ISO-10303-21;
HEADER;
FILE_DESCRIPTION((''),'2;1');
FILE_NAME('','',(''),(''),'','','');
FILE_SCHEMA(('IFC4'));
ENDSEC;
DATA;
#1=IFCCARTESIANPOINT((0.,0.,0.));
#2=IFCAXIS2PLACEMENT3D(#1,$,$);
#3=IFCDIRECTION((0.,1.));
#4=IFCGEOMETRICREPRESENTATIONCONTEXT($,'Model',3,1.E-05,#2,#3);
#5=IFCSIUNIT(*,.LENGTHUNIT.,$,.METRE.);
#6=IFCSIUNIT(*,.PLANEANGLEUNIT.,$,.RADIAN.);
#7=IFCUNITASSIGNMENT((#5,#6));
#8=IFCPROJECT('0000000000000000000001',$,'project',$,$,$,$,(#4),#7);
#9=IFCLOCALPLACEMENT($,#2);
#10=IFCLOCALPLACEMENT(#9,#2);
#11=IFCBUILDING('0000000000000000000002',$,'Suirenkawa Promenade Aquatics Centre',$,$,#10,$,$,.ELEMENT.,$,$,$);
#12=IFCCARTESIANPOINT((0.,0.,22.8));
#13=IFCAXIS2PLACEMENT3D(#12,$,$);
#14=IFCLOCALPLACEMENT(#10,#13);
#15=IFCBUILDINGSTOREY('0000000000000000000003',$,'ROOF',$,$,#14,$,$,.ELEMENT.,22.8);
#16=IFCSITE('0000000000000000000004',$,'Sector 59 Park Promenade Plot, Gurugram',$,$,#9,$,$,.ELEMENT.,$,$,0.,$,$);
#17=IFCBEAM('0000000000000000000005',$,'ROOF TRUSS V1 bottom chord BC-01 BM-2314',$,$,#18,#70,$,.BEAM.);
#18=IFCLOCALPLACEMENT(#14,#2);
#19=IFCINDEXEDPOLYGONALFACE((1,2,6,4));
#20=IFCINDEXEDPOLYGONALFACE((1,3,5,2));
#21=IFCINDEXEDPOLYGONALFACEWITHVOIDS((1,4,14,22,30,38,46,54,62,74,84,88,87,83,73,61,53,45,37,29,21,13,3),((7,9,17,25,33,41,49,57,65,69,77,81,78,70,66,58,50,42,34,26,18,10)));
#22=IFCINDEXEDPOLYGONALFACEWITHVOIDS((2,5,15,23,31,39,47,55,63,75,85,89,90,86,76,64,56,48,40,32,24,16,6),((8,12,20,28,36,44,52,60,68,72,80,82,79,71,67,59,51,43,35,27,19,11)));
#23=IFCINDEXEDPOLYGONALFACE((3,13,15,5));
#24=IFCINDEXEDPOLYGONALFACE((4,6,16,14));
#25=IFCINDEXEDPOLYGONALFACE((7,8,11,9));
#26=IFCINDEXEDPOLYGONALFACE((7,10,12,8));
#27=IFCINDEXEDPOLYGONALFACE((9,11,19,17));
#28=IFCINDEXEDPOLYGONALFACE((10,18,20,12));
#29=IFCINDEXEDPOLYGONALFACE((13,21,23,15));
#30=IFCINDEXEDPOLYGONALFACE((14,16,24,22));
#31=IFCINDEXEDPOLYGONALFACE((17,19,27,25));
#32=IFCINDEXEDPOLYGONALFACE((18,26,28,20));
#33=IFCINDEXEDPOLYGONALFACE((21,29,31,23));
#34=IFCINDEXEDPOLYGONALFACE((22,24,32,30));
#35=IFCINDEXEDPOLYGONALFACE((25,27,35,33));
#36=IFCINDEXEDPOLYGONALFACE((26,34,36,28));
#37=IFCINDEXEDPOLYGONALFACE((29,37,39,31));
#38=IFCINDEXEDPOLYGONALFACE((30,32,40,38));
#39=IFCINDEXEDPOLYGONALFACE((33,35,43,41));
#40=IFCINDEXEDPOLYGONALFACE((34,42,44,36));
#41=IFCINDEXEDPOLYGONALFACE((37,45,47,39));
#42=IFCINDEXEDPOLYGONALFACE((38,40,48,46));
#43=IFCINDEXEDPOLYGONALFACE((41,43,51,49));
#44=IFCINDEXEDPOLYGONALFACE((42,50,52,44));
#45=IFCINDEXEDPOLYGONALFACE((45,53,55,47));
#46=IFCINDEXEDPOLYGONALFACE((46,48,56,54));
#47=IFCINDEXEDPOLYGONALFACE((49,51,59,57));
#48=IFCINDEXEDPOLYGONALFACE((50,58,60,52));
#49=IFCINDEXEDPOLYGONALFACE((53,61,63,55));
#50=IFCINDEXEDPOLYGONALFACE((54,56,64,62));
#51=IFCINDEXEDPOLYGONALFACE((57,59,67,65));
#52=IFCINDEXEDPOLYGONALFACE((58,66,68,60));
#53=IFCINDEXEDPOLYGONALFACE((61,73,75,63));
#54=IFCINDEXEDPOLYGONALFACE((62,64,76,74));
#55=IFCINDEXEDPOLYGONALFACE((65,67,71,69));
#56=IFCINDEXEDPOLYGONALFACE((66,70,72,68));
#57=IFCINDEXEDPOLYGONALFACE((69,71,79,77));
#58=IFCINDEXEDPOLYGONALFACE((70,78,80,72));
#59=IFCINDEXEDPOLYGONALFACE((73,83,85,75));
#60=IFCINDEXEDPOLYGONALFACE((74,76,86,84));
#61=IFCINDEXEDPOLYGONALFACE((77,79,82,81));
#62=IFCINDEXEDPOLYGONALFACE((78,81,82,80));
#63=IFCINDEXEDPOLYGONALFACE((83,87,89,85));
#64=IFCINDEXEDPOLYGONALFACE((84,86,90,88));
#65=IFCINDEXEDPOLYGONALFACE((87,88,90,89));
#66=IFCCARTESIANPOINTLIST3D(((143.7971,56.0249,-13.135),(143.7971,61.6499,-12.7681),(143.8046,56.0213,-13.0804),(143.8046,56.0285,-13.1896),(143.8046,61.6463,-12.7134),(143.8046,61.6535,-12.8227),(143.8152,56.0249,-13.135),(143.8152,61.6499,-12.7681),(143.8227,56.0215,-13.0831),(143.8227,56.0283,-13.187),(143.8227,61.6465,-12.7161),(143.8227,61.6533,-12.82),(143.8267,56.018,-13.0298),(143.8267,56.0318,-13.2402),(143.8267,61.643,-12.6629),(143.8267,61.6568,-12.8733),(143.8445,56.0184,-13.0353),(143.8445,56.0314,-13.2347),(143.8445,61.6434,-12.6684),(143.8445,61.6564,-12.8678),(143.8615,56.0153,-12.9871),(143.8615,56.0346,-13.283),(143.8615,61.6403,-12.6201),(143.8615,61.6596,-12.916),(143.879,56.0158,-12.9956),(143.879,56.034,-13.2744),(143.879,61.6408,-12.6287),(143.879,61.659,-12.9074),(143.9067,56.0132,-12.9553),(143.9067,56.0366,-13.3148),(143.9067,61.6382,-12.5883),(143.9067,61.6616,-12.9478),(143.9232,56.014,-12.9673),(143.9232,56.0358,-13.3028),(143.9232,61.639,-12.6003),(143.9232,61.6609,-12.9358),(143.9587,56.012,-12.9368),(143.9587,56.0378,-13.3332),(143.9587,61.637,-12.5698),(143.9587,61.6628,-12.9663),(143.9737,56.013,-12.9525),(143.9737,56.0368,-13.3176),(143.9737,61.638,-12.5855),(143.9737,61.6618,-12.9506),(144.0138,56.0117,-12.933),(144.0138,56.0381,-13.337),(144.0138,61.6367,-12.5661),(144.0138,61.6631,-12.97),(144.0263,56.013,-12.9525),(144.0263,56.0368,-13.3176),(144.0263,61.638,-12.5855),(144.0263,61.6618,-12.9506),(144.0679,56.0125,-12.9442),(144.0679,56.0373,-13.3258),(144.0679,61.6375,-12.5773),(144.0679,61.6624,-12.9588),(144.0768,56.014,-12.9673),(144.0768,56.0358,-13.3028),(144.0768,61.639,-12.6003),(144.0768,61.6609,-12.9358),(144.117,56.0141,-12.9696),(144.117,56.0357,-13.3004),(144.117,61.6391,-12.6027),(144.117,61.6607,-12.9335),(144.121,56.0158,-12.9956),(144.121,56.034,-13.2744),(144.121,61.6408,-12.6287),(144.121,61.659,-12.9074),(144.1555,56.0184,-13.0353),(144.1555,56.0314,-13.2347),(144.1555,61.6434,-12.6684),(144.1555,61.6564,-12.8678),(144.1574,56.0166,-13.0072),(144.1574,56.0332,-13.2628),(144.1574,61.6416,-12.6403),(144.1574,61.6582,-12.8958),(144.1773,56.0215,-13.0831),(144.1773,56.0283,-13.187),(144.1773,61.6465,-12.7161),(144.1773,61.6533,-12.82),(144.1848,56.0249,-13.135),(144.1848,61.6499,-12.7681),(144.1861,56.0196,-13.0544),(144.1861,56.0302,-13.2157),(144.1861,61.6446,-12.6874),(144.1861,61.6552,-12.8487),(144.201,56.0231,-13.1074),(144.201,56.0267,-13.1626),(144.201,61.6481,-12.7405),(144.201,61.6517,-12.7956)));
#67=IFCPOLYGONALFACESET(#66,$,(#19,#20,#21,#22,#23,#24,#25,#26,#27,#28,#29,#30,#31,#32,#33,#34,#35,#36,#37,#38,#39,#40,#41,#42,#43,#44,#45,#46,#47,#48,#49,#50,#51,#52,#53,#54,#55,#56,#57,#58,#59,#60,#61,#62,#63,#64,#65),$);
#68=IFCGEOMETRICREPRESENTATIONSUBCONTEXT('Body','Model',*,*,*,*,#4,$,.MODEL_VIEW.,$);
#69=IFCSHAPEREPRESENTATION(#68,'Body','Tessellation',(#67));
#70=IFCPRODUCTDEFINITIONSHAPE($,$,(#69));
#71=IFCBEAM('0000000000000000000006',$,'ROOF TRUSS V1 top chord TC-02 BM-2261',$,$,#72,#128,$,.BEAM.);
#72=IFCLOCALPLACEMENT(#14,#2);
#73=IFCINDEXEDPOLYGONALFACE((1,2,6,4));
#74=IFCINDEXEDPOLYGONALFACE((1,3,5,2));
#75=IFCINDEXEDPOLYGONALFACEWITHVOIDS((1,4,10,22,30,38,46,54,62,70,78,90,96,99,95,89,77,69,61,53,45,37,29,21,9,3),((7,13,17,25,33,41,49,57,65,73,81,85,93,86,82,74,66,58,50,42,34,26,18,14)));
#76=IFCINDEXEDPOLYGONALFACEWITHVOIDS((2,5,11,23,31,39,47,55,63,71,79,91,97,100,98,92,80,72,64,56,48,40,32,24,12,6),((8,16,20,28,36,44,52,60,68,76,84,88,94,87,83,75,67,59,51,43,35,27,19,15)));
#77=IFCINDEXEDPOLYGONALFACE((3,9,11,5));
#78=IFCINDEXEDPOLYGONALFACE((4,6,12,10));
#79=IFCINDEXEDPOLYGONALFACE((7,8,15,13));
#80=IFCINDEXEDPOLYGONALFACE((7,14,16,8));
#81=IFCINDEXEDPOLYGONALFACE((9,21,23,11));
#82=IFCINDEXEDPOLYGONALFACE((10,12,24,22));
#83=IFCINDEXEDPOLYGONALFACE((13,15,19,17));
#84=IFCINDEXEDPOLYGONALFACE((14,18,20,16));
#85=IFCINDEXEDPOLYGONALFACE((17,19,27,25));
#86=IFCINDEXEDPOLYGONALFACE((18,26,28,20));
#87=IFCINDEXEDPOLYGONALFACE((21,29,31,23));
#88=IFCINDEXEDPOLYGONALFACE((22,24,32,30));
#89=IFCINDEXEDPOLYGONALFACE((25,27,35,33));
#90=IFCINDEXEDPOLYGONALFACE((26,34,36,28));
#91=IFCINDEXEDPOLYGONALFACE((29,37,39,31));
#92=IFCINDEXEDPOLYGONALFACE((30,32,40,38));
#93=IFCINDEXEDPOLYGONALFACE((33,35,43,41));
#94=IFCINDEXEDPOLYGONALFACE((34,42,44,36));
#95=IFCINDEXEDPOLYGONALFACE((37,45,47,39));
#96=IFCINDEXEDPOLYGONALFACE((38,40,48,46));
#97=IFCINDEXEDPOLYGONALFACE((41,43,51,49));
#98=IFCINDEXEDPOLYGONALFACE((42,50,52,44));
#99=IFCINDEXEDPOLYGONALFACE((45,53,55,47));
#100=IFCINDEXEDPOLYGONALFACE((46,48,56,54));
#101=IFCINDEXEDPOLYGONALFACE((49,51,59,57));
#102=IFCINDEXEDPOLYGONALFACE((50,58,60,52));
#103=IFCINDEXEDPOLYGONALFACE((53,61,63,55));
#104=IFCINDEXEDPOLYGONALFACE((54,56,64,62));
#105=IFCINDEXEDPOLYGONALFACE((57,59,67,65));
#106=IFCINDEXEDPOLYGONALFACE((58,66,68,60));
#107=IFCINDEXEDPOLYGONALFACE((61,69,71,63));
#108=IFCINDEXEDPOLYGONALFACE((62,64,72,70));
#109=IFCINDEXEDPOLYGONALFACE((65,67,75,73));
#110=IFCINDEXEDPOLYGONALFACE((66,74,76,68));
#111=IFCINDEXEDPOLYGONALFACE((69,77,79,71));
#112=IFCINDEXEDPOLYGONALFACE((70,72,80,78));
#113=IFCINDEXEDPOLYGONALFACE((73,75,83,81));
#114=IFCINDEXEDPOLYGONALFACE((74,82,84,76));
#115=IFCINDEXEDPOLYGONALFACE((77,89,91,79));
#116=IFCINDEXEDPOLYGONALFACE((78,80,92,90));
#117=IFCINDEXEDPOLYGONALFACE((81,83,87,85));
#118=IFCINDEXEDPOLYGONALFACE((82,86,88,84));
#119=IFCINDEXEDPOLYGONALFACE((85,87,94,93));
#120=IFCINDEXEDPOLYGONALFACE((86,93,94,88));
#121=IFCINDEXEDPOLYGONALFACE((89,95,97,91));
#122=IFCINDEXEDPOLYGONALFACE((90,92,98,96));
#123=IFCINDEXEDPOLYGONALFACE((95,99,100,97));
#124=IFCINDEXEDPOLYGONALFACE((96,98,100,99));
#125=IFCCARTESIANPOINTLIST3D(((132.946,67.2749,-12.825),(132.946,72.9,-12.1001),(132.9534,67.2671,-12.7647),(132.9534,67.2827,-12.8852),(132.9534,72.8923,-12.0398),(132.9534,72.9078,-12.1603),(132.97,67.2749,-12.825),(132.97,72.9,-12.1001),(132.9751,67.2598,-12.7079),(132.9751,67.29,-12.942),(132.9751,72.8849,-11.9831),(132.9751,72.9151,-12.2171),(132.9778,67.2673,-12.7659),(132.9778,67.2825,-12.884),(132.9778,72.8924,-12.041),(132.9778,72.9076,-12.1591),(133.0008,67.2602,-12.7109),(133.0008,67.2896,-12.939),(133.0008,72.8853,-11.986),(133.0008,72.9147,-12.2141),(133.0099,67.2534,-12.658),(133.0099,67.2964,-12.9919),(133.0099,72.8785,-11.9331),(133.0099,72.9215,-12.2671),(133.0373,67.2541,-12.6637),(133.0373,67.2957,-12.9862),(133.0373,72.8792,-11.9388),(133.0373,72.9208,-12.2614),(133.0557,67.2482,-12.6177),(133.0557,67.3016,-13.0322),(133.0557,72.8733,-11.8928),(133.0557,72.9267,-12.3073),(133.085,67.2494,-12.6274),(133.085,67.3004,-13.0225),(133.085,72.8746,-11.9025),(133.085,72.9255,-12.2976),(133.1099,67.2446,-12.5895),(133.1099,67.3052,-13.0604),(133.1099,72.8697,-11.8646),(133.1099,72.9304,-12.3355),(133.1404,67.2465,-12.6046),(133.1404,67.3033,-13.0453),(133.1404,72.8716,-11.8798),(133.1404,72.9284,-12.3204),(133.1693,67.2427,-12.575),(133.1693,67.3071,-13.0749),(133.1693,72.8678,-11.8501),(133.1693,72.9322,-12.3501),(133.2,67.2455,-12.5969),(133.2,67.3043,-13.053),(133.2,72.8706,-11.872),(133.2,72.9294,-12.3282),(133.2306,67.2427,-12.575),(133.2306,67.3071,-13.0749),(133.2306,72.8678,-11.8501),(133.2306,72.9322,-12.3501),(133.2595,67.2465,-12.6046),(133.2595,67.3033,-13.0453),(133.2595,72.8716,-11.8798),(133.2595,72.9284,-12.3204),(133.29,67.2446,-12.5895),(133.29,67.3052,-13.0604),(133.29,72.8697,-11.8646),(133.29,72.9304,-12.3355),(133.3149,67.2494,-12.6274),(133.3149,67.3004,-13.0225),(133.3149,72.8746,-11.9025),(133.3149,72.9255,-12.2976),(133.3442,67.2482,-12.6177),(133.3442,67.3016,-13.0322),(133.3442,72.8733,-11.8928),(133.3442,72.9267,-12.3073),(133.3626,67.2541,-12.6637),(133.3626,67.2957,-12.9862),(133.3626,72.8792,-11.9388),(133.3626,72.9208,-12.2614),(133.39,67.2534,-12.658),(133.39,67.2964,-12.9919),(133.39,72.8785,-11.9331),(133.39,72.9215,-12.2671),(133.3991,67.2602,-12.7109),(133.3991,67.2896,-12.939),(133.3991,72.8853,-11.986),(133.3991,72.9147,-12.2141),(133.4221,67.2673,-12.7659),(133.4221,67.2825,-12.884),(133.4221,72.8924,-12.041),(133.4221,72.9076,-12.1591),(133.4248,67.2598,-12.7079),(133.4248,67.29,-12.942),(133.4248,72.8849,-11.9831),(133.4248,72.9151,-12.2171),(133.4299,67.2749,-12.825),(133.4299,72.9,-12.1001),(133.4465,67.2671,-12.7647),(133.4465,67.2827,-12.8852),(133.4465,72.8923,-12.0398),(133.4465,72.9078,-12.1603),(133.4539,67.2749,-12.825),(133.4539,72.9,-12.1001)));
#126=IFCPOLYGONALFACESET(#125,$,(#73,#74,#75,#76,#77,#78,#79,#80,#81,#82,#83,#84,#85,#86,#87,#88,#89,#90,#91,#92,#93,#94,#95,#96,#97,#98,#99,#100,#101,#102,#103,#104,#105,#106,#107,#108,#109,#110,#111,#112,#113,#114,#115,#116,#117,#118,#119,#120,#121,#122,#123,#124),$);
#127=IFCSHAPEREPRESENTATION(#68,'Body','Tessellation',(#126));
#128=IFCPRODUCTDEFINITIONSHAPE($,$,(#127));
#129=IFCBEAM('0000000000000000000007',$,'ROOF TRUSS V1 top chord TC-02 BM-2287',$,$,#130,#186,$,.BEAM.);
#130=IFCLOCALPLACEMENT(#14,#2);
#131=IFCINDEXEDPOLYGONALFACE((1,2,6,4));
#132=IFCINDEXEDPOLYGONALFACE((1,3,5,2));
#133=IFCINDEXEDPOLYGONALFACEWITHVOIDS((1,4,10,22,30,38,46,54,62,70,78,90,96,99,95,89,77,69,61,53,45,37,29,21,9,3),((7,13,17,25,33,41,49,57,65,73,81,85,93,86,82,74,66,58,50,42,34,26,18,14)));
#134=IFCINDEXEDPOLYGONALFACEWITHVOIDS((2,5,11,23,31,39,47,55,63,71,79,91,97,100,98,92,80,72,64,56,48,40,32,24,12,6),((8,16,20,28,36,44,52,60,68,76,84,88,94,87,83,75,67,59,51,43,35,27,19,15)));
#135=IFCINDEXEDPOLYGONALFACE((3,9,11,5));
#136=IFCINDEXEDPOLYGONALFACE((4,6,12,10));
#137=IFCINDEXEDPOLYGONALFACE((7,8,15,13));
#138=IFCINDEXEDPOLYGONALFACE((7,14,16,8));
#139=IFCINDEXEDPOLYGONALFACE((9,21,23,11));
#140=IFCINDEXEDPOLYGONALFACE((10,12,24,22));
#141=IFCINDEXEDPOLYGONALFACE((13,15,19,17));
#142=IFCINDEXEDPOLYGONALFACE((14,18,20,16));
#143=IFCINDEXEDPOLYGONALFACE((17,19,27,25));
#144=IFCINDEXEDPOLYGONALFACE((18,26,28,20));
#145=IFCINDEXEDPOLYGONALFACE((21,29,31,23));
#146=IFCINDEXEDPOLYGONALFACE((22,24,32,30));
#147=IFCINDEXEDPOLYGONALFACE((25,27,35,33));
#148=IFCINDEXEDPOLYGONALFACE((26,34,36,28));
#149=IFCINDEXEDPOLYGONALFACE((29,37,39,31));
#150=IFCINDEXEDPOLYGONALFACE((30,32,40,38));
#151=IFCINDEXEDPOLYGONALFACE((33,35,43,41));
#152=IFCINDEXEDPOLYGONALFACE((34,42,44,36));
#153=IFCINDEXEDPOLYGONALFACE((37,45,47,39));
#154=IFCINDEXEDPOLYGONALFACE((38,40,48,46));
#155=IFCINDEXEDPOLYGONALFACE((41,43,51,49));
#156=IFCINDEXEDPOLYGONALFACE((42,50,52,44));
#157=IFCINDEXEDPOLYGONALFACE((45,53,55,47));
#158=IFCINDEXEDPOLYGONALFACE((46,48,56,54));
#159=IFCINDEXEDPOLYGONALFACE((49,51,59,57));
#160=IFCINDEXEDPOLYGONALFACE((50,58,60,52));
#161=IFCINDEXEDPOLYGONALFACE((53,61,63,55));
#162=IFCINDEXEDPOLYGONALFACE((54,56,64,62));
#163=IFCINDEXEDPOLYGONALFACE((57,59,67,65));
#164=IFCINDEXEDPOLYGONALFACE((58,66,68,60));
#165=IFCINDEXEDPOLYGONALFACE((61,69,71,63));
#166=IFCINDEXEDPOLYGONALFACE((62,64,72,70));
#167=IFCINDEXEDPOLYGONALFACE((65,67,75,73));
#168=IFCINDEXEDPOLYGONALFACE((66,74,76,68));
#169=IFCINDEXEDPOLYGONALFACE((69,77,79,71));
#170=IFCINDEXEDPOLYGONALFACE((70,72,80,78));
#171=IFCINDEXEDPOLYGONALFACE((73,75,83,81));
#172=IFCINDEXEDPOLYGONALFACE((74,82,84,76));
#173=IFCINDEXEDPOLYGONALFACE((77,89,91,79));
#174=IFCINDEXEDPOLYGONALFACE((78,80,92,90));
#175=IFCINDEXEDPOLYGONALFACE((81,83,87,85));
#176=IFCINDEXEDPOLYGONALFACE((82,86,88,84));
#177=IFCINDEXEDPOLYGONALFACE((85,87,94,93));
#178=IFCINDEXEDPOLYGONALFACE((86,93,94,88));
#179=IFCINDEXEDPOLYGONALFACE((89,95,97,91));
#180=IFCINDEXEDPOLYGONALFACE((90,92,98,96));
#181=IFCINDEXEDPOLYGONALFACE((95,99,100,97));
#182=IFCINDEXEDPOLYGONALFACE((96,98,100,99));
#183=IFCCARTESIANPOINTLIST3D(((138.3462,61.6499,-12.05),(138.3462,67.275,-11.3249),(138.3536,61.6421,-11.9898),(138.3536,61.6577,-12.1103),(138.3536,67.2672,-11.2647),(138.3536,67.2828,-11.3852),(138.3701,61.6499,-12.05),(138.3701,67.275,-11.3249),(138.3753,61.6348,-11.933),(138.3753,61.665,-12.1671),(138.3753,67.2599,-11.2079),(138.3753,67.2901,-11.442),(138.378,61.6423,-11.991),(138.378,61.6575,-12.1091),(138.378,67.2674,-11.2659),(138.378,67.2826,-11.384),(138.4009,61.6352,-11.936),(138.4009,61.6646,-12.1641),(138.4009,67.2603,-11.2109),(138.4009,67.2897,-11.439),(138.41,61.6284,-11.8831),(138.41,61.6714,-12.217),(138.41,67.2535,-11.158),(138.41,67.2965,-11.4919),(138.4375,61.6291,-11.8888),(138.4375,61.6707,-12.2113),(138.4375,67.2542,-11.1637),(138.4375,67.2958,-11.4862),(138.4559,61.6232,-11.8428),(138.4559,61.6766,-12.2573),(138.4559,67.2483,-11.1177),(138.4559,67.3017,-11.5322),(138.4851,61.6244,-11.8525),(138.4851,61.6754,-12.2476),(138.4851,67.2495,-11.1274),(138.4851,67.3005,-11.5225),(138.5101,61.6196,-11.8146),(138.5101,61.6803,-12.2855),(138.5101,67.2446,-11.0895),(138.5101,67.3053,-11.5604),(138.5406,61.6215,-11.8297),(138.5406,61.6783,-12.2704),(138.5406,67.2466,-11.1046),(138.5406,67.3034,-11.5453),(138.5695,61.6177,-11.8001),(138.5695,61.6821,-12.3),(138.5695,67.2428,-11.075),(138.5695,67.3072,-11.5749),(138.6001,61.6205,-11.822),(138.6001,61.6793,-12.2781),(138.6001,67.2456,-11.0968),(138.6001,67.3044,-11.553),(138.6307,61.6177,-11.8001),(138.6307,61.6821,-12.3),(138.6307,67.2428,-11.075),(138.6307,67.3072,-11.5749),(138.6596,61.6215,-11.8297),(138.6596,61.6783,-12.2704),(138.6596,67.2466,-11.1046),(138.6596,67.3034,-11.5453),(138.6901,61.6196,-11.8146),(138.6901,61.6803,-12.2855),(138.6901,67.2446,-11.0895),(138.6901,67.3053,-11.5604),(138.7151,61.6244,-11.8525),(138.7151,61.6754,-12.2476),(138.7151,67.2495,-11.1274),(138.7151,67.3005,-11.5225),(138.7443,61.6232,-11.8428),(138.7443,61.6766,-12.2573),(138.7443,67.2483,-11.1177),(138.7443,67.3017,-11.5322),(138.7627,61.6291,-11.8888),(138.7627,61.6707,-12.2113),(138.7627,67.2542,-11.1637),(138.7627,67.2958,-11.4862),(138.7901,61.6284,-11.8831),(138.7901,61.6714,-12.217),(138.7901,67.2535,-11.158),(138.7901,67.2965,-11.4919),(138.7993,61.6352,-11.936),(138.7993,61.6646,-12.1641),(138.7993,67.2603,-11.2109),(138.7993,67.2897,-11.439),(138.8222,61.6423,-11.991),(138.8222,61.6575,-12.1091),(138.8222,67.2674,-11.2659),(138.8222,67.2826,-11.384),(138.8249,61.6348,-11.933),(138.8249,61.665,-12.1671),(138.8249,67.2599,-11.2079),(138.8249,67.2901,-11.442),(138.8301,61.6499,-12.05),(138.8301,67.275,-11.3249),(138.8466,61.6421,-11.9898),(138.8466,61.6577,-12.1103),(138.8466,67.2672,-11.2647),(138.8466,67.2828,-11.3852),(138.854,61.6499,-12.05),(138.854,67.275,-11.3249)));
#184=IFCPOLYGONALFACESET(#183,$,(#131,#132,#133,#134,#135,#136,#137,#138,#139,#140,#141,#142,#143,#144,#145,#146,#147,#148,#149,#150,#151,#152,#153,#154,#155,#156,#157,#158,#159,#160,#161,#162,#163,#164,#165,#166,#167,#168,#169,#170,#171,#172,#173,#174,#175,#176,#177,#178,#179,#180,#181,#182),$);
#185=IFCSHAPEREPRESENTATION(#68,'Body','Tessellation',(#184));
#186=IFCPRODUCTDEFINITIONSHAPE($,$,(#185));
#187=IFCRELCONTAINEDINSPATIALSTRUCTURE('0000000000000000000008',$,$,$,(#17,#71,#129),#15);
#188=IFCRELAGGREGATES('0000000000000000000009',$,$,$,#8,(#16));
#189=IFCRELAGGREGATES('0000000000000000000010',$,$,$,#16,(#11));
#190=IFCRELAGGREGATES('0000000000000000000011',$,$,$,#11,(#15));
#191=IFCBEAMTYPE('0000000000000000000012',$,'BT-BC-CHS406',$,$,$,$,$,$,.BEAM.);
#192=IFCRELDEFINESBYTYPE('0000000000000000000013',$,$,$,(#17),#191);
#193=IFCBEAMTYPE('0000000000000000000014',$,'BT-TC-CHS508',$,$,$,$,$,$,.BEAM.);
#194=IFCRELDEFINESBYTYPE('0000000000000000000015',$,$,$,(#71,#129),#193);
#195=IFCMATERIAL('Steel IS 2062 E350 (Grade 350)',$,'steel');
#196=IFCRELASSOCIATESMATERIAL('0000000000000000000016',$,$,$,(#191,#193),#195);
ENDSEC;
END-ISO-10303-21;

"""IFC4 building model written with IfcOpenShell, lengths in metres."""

from ifc_helpers import new_model, si_unit, direction, frame, origin, origin_2d, place, context, subcontext, project, spatial, hollow_circle, extrude, material, material_profile, profile_set, type_object, element, save


model = new_model("IFC4")

# Units and contexts
model_context = context("Model", 3, precision=1e-05, world=origin(), true_north=direction((0.0, 1.0)))
body_context = subcontext(model_context, "Body", "Model", "MODEL_VIEW")
ifc_project = project(units=[si_unit("LENGTHUNIT", "METRE"), si_unit("PLANEANGLEUNIT", "RADIAN")], contexts=[model_context])

# Site, building, storey
site_placement = place(None, origin())
site = spatial("IfcSite", under=ifc_project, at=site_placement, Name="Sector 59 Park Promenade Plot, Gurugram", CompositionType="ELEMENT", RefElevation=0.0)
building_placement = place(site_placement, origin())
building = spatial("IfcBuilding", under=site, at=building_placement, Name="Suirenkawa Promenade Aquatics Centre", CompositionType="ELEMENT")
storey_placement = place(building_placement, frame((0.0, 0.0, 22.8)))
storey = spatial("IfcBuildingStorey", under=building, at=storey_placement, Name="ROOF", CompositionType="ELEMENT", Elevation=22.8)

# Beams
ifc_material = material(Name="Steel IS 2062 E350 (Grade 350)", Category="steel")
ifc_material_profile_1 = material_profile(ifc_material, hollow_circle(Radius=0.2029, WallThickness=0.0181, at=origin_2d()), Name="CHS 406x18", Category="steel")
ifc_profile_set_1 = profile_set([ifc_material_profile_1], Name="Steel IS 2062 E350 (Grade 350)")
beam_type_1 = type_object("IfcBeamType", Name="BT-BC-CHS406", PredefinedType="BEAM", material=ifc_profile_set_1)
beam_1_placement = place(storey_placement, frame((144.0, 56.0249, -13.135), z_axis=(0.0, 0.997879, 0.065096), x_axis=(-1.0, 0.0, 0.0)))
element("IfcBeam", 1, at=beam_1_placement, inside=storey, type_object=beam_type_1, Name="ROOF TRUSS V1 bottom chord BC-01 BM-2314", PredefinedType="BEAM", context=body_context, shape_type="SweptSolid", body=[
    extrude(hollow_circle(Radius=0.2029, WallThickness=0.0181, at=origin_2d()), origin(), (0.0, 0.0, 1.0), 5.637),
])
ifc_material_profile_2 = material_profile(ifc_material, hollow_circle(Radius=0.2539, WallThickness=0.0239, at=origin_2d()), Name="CHS 508x24", Category="steel")
ifc_profile_set_2 = profile_set([ifc_material_profile_2], Name="Steel IS 2062 E350 (Grade 350)")
beam_type_2 = type_object("IfcBeamType", Name="BT-TC-CHS508", PredefinedType="BEAM", material=ifc_profile_set_2)
for number, where, z_axis, x_axis, name in (
    (2, (133.2, 67.2749, -12.825), (0.0, 0.991799, 0.127806), (-1.0, 0.0, 0.0), "ROOF TRUSS V1 top chord TC-02 BM-2261"),
    (3, (138.6001, 61.6499, -12.05), (0.0, 0.991794, 0.127848), (-1.0, 0.0, 0.0), "ROOF TRUSS V1 top chord TC-02 BM-2287"),
):
    element("IfcBeam", number, at=place(storey_placement, frame(where, z_axis=z_axis, x_axis=x_axis)), inside=storey, type_object=beam_type_2, Name=name, PredefinedType="BEAM", context=body_context, shape_type="SweptSolid", body=[
        extrude(hollow_circle(Radius=0.2539, WallThickness=0.0239, at=origin_2d()), origin(), (0.0, 0.0, 1.0), 5.6716),
    ])

save(model, "model.ifc")
